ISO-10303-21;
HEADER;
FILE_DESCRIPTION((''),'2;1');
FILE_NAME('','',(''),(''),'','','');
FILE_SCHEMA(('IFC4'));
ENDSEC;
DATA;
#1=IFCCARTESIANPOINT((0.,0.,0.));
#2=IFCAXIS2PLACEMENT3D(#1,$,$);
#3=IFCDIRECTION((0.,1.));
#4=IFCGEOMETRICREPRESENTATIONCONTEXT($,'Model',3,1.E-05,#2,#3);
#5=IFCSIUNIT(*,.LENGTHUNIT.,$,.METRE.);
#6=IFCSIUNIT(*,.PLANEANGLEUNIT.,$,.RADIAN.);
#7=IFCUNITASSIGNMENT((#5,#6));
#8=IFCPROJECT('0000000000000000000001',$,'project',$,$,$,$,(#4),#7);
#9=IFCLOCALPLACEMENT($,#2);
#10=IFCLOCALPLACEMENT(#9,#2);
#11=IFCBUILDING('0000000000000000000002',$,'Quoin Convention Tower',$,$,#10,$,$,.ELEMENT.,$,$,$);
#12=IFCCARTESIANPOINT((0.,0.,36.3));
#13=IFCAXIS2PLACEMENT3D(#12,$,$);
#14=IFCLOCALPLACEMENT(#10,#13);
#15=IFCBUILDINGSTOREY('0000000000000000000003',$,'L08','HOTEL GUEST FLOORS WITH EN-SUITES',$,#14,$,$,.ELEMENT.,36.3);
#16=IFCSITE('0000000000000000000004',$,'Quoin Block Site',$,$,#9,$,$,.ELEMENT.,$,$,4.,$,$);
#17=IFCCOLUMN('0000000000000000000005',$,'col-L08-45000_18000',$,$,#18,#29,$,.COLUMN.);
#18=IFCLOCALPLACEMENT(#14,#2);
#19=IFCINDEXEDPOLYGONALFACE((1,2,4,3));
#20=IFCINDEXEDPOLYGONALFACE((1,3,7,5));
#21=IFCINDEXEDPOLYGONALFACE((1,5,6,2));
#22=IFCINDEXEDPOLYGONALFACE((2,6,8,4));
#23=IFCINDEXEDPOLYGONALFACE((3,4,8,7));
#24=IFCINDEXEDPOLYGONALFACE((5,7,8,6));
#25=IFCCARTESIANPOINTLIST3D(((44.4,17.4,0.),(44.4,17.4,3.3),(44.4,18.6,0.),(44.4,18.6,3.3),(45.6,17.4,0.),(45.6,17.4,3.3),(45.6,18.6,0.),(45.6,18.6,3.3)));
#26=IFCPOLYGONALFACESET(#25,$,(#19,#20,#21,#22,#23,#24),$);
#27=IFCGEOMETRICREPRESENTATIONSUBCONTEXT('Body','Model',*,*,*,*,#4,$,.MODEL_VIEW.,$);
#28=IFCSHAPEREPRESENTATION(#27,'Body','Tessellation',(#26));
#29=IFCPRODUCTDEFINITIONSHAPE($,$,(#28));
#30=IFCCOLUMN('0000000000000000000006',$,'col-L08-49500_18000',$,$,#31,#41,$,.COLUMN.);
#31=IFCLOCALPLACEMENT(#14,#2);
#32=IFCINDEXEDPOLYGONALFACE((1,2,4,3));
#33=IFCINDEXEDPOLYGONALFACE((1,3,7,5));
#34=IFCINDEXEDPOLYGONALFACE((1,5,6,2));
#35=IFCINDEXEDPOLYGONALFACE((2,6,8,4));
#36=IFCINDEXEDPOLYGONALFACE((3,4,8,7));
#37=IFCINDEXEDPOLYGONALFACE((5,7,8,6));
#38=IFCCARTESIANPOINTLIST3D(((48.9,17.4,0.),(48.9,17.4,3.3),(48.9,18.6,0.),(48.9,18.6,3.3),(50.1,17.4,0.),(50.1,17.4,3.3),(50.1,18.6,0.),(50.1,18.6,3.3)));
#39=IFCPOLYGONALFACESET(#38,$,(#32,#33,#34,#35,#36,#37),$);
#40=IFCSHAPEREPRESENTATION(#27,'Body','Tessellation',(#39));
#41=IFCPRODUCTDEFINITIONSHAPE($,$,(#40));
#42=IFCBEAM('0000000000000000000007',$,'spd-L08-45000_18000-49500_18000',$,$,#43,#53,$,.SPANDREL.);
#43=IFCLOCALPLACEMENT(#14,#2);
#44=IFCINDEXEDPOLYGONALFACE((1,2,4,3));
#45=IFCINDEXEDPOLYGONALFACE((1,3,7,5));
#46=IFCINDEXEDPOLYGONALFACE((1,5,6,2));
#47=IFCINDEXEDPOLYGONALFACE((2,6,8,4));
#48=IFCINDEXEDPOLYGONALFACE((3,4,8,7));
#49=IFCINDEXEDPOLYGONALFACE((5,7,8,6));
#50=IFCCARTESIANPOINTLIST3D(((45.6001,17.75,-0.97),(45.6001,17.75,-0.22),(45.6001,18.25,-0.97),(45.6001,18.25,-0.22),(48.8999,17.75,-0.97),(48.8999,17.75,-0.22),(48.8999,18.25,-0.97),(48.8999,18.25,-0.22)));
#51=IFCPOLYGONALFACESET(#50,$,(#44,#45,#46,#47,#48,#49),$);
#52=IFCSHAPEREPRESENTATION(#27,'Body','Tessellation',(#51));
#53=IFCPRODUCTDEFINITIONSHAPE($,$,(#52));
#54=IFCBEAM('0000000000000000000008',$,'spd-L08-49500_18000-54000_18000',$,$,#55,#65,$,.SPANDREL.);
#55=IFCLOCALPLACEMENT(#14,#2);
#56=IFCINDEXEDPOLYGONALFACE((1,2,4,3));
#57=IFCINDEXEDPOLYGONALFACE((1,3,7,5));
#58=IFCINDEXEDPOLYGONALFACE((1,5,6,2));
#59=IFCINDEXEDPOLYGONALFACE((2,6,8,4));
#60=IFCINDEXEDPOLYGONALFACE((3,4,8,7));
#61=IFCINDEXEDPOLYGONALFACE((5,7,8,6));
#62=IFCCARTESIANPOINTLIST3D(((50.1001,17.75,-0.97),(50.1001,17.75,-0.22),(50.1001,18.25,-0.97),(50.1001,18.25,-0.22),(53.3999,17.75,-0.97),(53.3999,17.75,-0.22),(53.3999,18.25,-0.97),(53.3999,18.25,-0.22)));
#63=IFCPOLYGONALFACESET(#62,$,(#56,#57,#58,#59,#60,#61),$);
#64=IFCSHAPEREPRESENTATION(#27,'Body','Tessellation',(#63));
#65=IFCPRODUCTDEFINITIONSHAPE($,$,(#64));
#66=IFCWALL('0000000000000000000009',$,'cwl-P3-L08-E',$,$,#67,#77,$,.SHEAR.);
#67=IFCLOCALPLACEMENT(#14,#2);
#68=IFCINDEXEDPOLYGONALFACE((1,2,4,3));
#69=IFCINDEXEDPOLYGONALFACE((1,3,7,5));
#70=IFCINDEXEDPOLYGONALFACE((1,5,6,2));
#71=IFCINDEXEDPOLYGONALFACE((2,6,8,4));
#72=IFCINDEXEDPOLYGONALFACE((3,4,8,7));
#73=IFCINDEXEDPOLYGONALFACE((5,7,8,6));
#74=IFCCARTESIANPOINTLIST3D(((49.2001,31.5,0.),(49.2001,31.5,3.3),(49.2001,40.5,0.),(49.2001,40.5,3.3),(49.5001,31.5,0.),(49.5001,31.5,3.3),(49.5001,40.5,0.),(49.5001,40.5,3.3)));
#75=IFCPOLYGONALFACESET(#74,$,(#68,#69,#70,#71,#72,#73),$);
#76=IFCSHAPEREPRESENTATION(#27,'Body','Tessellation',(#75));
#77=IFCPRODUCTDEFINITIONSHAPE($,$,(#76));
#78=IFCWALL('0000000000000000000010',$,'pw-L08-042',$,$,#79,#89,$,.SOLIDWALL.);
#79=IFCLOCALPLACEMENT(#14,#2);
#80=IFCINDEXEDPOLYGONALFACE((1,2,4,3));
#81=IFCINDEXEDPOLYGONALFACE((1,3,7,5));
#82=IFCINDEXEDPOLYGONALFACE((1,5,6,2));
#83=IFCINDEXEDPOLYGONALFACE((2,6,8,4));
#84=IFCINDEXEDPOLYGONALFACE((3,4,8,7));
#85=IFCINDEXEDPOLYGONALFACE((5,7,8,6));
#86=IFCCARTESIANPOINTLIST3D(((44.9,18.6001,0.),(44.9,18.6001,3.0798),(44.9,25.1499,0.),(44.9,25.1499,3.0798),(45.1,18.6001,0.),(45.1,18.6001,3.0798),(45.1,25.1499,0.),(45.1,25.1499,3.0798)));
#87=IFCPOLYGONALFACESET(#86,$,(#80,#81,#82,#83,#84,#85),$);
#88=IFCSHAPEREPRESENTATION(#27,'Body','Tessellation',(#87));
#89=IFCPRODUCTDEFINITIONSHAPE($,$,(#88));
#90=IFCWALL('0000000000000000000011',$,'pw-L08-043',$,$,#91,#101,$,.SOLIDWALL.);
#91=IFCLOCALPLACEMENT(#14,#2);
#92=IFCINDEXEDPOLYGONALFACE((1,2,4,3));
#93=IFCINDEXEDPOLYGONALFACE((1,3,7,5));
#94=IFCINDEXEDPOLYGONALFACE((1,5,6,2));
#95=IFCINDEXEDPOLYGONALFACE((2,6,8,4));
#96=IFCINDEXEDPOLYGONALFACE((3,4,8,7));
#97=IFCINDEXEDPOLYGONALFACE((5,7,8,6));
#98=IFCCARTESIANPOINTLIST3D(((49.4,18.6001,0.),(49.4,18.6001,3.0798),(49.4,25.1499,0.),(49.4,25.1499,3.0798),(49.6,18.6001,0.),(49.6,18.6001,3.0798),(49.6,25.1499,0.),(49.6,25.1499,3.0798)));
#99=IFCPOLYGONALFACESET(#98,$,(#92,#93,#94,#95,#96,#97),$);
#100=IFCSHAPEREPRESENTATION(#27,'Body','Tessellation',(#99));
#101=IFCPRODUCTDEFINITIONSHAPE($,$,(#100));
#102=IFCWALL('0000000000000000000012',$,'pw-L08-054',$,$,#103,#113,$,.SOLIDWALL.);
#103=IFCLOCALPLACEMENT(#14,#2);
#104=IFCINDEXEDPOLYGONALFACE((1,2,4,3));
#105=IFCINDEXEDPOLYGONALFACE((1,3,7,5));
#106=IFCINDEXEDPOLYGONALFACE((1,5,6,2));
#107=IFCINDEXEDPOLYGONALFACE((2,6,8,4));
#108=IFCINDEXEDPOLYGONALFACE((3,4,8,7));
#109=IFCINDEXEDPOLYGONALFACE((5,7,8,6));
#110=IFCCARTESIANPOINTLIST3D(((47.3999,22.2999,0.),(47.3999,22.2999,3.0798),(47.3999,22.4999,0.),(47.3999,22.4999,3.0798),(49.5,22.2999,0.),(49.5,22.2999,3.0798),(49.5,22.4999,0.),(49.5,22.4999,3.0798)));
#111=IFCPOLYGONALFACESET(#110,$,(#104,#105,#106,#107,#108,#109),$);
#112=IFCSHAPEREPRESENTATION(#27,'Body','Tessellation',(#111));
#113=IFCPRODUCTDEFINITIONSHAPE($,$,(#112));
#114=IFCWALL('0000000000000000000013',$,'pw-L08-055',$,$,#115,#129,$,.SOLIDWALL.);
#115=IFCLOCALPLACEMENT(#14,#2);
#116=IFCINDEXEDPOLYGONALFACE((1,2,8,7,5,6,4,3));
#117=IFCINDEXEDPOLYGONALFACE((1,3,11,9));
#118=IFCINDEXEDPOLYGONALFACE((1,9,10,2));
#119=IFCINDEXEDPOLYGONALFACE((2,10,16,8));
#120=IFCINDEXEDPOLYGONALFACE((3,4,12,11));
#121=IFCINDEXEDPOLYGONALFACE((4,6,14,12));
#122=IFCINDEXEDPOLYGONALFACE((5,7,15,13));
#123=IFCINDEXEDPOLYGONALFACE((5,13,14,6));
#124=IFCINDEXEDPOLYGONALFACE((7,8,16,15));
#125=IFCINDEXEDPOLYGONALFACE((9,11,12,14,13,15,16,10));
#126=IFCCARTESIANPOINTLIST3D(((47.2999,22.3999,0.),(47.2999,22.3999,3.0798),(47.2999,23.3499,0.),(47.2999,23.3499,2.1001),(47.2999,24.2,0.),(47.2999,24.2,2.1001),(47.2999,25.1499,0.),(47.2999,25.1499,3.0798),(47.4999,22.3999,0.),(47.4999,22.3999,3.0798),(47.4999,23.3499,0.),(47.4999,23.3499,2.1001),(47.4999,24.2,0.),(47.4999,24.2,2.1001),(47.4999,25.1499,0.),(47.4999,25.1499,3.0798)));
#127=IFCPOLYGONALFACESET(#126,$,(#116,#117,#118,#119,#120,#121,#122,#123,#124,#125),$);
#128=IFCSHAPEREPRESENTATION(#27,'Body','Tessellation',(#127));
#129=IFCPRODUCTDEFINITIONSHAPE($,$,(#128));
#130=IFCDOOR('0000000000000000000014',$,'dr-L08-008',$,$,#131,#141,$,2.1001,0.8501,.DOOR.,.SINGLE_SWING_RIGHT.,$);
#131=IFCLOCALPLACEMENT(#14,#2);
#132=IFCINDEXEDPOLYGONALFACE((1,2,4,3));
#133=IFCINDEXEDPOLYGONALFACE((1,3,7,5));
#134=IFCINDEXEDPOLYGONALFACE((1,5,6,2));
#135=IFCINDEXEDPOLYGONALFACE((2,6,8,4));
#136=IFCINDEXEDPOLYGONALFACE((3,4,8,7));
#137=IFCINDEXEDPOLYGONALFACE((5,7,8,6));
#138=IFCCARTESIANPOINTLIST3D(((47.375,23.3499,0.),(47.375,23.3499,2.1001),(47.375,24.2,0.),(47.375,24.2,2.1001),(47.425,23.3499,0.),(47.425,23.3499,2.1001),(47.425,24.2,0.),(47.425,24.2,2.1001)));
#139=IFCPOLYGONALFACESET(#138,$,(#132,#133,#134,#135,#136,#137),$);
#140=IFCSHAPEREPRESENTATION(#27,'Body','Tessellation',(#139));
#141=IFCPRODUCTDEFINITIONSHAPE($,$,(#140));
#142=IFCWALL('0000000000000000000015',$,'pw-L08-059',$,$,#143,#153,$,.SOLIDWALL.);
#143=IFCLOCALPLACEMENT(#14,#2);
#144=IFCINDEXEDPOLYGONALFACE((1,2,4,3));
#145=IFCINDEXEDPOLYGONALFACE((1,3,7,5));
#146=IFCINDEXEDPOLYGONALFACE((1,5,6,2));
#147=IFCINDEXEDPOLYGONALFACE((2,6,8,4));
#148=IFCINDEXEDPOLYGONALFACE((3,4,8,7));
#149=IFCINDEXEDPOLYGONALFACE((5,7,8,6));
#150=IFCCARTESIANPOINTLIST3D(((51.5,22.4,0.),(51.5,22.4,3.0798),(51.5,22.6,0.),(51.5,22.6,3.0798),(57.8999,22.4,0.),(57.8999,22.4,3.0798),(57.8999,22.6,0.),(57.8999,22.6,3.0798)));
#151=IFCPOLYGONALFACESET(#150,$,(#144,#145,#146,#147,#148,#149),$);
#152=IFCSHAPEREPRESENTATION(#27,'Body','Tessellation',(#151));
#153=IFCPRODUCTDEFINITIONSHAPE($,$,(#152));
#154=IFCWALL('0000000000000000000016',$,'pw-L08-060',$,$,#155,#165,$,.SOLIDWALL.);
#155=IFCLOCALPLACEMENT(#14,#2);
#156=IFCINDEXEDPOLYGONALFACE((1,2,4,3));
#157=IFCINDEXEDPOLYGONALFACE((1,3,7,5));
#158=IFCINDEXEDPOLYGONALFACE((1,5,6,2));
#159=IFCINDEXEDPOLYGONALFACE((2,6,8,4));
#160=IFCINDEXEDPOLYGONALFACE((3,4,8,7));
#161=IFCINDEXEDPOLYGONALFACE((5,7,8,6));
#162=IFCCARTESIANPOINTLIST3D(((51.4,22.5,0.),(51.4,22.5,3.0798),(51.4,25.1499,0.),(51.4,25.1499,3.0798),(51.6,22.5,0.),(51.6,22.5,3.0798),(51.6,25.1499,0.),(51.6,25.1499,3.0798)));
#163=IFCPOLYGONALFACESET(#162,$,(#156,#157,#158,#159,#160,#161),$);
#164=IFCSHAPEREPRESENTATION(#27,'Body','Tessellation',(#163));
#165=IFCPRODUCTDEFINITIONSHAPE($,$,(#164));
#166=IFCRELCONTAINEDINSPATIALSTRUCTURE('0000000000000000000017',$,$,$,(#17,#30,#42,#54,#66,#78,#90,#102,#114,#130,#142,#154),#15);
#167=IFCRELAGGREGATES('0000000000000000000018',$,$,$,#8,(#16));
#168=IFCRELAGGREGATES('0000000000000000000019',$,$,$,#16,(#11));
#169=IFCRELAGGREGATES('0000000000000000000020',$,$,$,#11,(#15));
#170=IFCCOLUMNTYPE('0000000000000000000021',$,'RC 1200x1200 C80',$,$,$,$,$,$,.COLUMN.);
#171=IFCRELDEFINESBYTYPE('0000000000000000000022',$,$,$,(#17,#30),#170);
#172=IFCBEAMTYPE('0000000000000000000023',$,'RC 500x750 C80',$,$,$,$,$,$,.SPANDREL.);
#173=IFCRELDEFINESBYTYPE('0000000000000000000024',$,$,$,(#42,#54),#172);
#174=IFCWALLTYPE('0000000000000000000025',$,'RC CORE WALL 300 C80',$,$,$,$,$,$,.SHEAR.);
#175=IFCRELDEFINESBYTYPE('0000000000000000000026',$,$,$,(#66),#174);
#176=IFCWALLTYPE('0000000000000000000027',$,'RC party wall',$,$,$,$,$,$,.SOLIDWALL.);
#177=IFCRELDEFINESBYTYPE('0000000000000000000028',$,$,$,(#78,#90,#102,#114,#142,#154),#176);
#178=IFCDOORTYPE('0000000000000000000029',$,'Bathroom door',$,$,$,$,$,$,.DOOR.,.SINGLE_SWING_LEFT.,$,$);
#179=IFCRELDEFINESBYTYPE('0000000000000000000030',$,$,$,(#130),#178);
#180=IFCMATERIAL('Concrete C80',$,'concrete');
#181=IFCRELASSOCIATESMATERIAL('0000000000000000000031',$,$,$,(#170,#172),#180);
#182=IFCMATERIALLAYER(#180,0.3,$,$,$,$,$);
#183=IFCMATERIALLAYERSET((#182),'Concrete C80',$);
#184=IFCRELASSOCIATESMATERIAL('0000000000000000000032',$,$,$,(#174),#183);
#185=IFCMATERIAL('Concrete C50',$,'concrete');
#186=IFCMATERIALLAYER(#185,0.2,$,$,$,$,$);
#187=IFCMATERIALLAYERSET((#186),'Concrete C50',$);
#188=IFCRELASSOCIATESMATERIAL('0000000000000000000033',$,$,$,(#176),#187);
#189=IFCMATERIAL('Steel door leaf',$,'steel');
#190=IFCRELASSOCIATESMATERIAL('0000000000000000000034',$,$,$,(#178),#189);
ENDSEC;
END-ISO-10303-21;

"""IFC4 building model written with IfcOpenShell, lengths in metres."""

from ifc_helpers import new_model, si_unit, direction, frame, frame_2d, origin, origin_2d, place, context, subcontext, project, spatial, rectangle, extrude, material, layer, layer_set, material_profile, profile_set, type_object, element, fill, save


model = new_model("IFC4")

# Units and contexts
model_context = context("Model", 3, precision=1e-05, world=origin(), true_north=direction((0.0, 1.0)))
body_context = subcontext(model_context, "Body", "Model", "MODEL_VIEW")
ifc_project = project(units=[si_unit("LENGTHUNIT", "METRE"), si_unit("PLANEANGLEUNIT", "RADIAN")], contexts=[model_context])

# Site, building, storey
site_placement = place(None, origin())
site = spatial("IfcSite", under=ifc_project, at=site_placement, Name="Quoin Block Site", CompositionType="ELEMENT", RefElevation=4.0)
building_placement = place(site_placement, origin())
building = spatial("IfcBuilding", under=site, at=building_placement, Name="Quoin Convention Tower", CompositionType="ELEMENT")
storey_placement = place(building_placement, frame((0.0, 0.0, 36.3)))
storey = spatial("IfcBuildingStorey", under=building, at=storey_placement, Name="L08", Description="HOTEL GUEST FLOORS WITH EN-SUITES", CompositionType="ELEMENT", Elevation=36.3)

# Columns
ifc_material_1 = material(Name="Concrete C80", Category="concrete")
ifc_material_profile_1 = material_profile(ifc_material_1, rectangle(XDim=1.2, YDim=1.2, at=origin_2d()), Name="RC 1200x1200")
ifc_profile_set_1 = profile_set([ifc_material_profile_1], Name="Concrete C80")
column_type = type_object("IfcColumnType", Name="RC 1200x1200 C80", PredefinedType="COLUMN", material=ifc_profile_set_1)
for number, where, z_axis, x_axis, name in (
    (1, (45.0, 18.0, 0.0), (0.0, 0.0, 1.0), (1.0, 0.0, 0.0), "col-L08-45000_18000"),
    (2, (49.5, 18.0, 0.0), (0.0, 0.0, 1.0), (1.0, 0.0, 0.0), "col-L08-49500_18000"),
):
    element("IfcColumn", number, at=place(storey_placement, frame(where, z_axis=z_axis, x_axis=x_axis)), inside=storey, type_object=column_type, Name=name, PredefinedType="COLUMN", context=body_context, shape_type="SweptSolid", body=[
        extrude(rectangle(XDim=1.2, YDim=1.2, at=origin_2d()), origin(), (0.0, 0.0, 1.0), 3.3),
    ])

# Beams
ifc_material_profile_2 = material_profile(ifc_material_1, rectangle(XDim=0.5, YDim=0.75, at=origin_2d()), Name="RC 500x750")
ifc_profile_set_2 = profile_set([ifc_material_profile_2], Name="Concrete C80")
beam_type = type_object("IfcBeamType", Name="RC 500x750 C80", PredefinedType="SPANDREL", material=ifc_profile_set_2)
for number, where, z_axis, x_axis, name in (
    (3, (45.6001, 18.0, -0.595), (1.0, 0.0, 0.0), (0.0, 1.0, 0.0), "spd-L08-45000_18000-49500_18000"),
    (4, (50.1001, 18.0, -0.595), (1.0, 0.0, 0.0), (0.0, 1.0, 0.0), "spd-L08-49500_18000-54000_18000"),
):
    element("IfcBeam", number, at=place(storey_placement, frame(where, z_axis=z_axis, x_axis=x_axis)), inside=storey, type_object=beam_type, Name=name, PredefinedType="SPANDREL", context=body_context, shape_type="SweptSolid", body=[
        extrude(rectangle(XDim=0.5, YDim=0.75, at=origin_2d()), origin(), (0.0, 0.0, 1.0), 3.2998),
    ])

# Walls
ifc_layer_1 = layer(ifc_material_1, 0.3)
ifc_layer_set_1 = layer_set([ifc_layer_1], Name="Concrete C80")
wall_type_1 = type_object("IfcWallType", Name="RC CORE WALL 300 C80", PredefinedType="SHEAR", material=ifc_layer_set_1)
wall_1_placement = place(storey_placement, frame((49.3501, 31.5, 0.0), z_axis=(0.0, 0.0, 1.0), x_axis=(0.0, 1.0, 0.0)))
element("IfcWall", 5, at=wall_1_placement, inside=storey, type_object=wall_type_1, Name="cwl-P3-L08-E", PredefinedType="SHEAR", context=body_context, shape_type="SweptSolid", body=[
    extrude(rectangle(XDim=9.0, YDim=0.3, at=frame_2d((4.5, 0.0))), origin(), (0.0, 0.0, 1.0), 3.3),
])
ifc_material_2 = material(Name="Concrete C50", Category="concrete")
ifc_layer_2 = layer(ifc_material_2, 0.2)
ifc_layer_set_2 = layer_set([ifc_layer_2], Name="Concrete C50")
wall_type_2 = type_object("IfcWallType", Name="RC party wall", PredefinedType="SOLIDWALL", material=ifc_layer_set_2)
for number, where, z_axis, x_axis, name in (
    (6, (45.0, 18.6001, 0.0), (0.0, 0.0, 1.0), (0.0, 1.0, 0.0), "pw-L08-042"),
    (7, (49.5, 18.6001, 0.0), (0.0, 0.0, 1.0), (0.0, 1.0, 0.0), "pw-L08-043"),
):
    element("IfcWall", number, at=place(storey_placement, frame(where, z_axis=z_axis, x_axis=x_axis)), inside=storey, type_object=wall_type_2, Name=name, PredefinedType="SOLIDWALL", context=body_context, shape_type="SweptSolid", body=[
        extrude(rectangle(XDim=6.5498, YDim=0.2, at=frame_2d((3.2749, 0.0))), origin(), (0.0, 0.0, 1.0), 3.0798),
    ])
wall_2_placement = place(storey_placement, frame((47.3999, 22.3999, 0.0), z_axis=(0.0, 0.0, 1.0), x_axis=(1.0, 0.0, 0.0)))
element("IfcWall", 8, at=wall_2_placement, inside=storey, type_object=wall_type_2, Name="pw-L08-054", PredefinedType="SOLIDWALL", context=body_context, shape_type="SweptSolid", body=[
    extrude(rectangle(XDim=2.1001, YDim=0.2, at=frame_2d((1.05, 0.0))), origin(), (0.0, 0.0, 1.0), 3.0798),
])

# Wall, opening, door
wall_3_placement = place(storey_placement, frame((47.3999, 22.3999, 0.0), z_axis=(0.0, 0.0, 1.0), x_axis=(0.0, 1.0, 0.0)))
wall_3 = element("IfcWall", 9, at=wall_3_placement, inside=storey, type_object=wall_type_2, Name="pw-L08-055", PredefinedType="SOLIDWALL", context=body_context, shape_type="SweptSolid", body=[
    extrude(rectangle(XDim=2.75, YDim=0.2, at=frame_2d((1.375, 0.0))), origin(), (0.0, 0.0, 1.0), 3.0798),
])
opening_1_placement = place(wall_3_placement, frame((0.95, 0.0, 0.0)))
opening_1 = element("IfcOpeningElement", 10, at=opening_1_placement, cuts=wall_3, PredefinedType="OPENING", context=body_context, shape_type="SweptSolid", body=[
    extrude(rectangle(XDim=0.8501, YDim=2.1001, at=frame_2d((0.425, 1.05))), frame((0.0, 0.1099, 0.0), z_axis=(0.0, -1.0, 0.0), x_axis=(1.0, 0.0, 0.0)), (0.0, 0.0, 1.0), 0.22),
])
ifc_material_3 = material(Name="Steel door leaf", Category="steel")
door_type_1 = type_object("IfcDoorType", Name="Bathroom door", OperationType="SINGLE_SWING_LEFT", PredefinedType="DOOR", material=ifc_material_3)
door_1_placement = place(opening_1_placement, origin())
door_1 = element("IfcDoor", 11, at=door_1_placement, inside=storey, type_object=door_type_1, Name="dr-L08-008", OperationType="SINGLE_SWING_RIGHT", OverallHeight=2.1001, OverallWidth=0.8501, PredefinedType="DOOR", context=body_context, shape_type="SweptSolid", body=[
    extrude(rectangle(XDim=0.8501, YDim=2.1001, at=frame_2d((0.425, 1.05))), frame((0.0, 0.0249, 0.0), z_axis=(0.0, -1.0, 0.0), x_axis=(1.0, 0.0, 0.0)), (0.0, 0.0, 1.0), 0.05),
])
fill(opening_1, door_1)

# Walls
wall_4_placement = place(storey_placement, frame((51.5, 22.5, 0.0), z_axis=(0.0, 0.0, 1.0), x_axis=(1.0, 0.0, 0.0)))
element("IfcWall", 12, at=wall_4_placement, inside=storey, type_object=wall_type_2, Name="pw-L08-059", PredefinedType="SOLIDWALL", context=body_context, shape_type="SweptSolid", body=[
    extrude(rectangle(XDim=6.3999, YDim=0.2, at=frame_2d((3.2, 0.0))), origin(), (0.0, 0.0, 1.0), 3.0798),
])
wall_5_placement = place(storey_placement, frame((51.5, 22.5, 0.0), z_axis=(0.0, 0.0, 1.0), x_axis=(0.0, 1.0, 0.0)))
element("IfcWall", 13, at=wall_5_placement, inside=storey, type_object=wall_type_2, Name="pw-L08-060", PredefinedType="SOLIDWALL", context=body_context, shape_type="SweptSolid", body=[
    extrude(rectangle(XDim=2.6499, YDim=0.2, at=frame_2d((1.325, 0.0))), origin(), (0.0, 0.0, 1.0), 3.0798),
])

save(model, "model.ifc")
